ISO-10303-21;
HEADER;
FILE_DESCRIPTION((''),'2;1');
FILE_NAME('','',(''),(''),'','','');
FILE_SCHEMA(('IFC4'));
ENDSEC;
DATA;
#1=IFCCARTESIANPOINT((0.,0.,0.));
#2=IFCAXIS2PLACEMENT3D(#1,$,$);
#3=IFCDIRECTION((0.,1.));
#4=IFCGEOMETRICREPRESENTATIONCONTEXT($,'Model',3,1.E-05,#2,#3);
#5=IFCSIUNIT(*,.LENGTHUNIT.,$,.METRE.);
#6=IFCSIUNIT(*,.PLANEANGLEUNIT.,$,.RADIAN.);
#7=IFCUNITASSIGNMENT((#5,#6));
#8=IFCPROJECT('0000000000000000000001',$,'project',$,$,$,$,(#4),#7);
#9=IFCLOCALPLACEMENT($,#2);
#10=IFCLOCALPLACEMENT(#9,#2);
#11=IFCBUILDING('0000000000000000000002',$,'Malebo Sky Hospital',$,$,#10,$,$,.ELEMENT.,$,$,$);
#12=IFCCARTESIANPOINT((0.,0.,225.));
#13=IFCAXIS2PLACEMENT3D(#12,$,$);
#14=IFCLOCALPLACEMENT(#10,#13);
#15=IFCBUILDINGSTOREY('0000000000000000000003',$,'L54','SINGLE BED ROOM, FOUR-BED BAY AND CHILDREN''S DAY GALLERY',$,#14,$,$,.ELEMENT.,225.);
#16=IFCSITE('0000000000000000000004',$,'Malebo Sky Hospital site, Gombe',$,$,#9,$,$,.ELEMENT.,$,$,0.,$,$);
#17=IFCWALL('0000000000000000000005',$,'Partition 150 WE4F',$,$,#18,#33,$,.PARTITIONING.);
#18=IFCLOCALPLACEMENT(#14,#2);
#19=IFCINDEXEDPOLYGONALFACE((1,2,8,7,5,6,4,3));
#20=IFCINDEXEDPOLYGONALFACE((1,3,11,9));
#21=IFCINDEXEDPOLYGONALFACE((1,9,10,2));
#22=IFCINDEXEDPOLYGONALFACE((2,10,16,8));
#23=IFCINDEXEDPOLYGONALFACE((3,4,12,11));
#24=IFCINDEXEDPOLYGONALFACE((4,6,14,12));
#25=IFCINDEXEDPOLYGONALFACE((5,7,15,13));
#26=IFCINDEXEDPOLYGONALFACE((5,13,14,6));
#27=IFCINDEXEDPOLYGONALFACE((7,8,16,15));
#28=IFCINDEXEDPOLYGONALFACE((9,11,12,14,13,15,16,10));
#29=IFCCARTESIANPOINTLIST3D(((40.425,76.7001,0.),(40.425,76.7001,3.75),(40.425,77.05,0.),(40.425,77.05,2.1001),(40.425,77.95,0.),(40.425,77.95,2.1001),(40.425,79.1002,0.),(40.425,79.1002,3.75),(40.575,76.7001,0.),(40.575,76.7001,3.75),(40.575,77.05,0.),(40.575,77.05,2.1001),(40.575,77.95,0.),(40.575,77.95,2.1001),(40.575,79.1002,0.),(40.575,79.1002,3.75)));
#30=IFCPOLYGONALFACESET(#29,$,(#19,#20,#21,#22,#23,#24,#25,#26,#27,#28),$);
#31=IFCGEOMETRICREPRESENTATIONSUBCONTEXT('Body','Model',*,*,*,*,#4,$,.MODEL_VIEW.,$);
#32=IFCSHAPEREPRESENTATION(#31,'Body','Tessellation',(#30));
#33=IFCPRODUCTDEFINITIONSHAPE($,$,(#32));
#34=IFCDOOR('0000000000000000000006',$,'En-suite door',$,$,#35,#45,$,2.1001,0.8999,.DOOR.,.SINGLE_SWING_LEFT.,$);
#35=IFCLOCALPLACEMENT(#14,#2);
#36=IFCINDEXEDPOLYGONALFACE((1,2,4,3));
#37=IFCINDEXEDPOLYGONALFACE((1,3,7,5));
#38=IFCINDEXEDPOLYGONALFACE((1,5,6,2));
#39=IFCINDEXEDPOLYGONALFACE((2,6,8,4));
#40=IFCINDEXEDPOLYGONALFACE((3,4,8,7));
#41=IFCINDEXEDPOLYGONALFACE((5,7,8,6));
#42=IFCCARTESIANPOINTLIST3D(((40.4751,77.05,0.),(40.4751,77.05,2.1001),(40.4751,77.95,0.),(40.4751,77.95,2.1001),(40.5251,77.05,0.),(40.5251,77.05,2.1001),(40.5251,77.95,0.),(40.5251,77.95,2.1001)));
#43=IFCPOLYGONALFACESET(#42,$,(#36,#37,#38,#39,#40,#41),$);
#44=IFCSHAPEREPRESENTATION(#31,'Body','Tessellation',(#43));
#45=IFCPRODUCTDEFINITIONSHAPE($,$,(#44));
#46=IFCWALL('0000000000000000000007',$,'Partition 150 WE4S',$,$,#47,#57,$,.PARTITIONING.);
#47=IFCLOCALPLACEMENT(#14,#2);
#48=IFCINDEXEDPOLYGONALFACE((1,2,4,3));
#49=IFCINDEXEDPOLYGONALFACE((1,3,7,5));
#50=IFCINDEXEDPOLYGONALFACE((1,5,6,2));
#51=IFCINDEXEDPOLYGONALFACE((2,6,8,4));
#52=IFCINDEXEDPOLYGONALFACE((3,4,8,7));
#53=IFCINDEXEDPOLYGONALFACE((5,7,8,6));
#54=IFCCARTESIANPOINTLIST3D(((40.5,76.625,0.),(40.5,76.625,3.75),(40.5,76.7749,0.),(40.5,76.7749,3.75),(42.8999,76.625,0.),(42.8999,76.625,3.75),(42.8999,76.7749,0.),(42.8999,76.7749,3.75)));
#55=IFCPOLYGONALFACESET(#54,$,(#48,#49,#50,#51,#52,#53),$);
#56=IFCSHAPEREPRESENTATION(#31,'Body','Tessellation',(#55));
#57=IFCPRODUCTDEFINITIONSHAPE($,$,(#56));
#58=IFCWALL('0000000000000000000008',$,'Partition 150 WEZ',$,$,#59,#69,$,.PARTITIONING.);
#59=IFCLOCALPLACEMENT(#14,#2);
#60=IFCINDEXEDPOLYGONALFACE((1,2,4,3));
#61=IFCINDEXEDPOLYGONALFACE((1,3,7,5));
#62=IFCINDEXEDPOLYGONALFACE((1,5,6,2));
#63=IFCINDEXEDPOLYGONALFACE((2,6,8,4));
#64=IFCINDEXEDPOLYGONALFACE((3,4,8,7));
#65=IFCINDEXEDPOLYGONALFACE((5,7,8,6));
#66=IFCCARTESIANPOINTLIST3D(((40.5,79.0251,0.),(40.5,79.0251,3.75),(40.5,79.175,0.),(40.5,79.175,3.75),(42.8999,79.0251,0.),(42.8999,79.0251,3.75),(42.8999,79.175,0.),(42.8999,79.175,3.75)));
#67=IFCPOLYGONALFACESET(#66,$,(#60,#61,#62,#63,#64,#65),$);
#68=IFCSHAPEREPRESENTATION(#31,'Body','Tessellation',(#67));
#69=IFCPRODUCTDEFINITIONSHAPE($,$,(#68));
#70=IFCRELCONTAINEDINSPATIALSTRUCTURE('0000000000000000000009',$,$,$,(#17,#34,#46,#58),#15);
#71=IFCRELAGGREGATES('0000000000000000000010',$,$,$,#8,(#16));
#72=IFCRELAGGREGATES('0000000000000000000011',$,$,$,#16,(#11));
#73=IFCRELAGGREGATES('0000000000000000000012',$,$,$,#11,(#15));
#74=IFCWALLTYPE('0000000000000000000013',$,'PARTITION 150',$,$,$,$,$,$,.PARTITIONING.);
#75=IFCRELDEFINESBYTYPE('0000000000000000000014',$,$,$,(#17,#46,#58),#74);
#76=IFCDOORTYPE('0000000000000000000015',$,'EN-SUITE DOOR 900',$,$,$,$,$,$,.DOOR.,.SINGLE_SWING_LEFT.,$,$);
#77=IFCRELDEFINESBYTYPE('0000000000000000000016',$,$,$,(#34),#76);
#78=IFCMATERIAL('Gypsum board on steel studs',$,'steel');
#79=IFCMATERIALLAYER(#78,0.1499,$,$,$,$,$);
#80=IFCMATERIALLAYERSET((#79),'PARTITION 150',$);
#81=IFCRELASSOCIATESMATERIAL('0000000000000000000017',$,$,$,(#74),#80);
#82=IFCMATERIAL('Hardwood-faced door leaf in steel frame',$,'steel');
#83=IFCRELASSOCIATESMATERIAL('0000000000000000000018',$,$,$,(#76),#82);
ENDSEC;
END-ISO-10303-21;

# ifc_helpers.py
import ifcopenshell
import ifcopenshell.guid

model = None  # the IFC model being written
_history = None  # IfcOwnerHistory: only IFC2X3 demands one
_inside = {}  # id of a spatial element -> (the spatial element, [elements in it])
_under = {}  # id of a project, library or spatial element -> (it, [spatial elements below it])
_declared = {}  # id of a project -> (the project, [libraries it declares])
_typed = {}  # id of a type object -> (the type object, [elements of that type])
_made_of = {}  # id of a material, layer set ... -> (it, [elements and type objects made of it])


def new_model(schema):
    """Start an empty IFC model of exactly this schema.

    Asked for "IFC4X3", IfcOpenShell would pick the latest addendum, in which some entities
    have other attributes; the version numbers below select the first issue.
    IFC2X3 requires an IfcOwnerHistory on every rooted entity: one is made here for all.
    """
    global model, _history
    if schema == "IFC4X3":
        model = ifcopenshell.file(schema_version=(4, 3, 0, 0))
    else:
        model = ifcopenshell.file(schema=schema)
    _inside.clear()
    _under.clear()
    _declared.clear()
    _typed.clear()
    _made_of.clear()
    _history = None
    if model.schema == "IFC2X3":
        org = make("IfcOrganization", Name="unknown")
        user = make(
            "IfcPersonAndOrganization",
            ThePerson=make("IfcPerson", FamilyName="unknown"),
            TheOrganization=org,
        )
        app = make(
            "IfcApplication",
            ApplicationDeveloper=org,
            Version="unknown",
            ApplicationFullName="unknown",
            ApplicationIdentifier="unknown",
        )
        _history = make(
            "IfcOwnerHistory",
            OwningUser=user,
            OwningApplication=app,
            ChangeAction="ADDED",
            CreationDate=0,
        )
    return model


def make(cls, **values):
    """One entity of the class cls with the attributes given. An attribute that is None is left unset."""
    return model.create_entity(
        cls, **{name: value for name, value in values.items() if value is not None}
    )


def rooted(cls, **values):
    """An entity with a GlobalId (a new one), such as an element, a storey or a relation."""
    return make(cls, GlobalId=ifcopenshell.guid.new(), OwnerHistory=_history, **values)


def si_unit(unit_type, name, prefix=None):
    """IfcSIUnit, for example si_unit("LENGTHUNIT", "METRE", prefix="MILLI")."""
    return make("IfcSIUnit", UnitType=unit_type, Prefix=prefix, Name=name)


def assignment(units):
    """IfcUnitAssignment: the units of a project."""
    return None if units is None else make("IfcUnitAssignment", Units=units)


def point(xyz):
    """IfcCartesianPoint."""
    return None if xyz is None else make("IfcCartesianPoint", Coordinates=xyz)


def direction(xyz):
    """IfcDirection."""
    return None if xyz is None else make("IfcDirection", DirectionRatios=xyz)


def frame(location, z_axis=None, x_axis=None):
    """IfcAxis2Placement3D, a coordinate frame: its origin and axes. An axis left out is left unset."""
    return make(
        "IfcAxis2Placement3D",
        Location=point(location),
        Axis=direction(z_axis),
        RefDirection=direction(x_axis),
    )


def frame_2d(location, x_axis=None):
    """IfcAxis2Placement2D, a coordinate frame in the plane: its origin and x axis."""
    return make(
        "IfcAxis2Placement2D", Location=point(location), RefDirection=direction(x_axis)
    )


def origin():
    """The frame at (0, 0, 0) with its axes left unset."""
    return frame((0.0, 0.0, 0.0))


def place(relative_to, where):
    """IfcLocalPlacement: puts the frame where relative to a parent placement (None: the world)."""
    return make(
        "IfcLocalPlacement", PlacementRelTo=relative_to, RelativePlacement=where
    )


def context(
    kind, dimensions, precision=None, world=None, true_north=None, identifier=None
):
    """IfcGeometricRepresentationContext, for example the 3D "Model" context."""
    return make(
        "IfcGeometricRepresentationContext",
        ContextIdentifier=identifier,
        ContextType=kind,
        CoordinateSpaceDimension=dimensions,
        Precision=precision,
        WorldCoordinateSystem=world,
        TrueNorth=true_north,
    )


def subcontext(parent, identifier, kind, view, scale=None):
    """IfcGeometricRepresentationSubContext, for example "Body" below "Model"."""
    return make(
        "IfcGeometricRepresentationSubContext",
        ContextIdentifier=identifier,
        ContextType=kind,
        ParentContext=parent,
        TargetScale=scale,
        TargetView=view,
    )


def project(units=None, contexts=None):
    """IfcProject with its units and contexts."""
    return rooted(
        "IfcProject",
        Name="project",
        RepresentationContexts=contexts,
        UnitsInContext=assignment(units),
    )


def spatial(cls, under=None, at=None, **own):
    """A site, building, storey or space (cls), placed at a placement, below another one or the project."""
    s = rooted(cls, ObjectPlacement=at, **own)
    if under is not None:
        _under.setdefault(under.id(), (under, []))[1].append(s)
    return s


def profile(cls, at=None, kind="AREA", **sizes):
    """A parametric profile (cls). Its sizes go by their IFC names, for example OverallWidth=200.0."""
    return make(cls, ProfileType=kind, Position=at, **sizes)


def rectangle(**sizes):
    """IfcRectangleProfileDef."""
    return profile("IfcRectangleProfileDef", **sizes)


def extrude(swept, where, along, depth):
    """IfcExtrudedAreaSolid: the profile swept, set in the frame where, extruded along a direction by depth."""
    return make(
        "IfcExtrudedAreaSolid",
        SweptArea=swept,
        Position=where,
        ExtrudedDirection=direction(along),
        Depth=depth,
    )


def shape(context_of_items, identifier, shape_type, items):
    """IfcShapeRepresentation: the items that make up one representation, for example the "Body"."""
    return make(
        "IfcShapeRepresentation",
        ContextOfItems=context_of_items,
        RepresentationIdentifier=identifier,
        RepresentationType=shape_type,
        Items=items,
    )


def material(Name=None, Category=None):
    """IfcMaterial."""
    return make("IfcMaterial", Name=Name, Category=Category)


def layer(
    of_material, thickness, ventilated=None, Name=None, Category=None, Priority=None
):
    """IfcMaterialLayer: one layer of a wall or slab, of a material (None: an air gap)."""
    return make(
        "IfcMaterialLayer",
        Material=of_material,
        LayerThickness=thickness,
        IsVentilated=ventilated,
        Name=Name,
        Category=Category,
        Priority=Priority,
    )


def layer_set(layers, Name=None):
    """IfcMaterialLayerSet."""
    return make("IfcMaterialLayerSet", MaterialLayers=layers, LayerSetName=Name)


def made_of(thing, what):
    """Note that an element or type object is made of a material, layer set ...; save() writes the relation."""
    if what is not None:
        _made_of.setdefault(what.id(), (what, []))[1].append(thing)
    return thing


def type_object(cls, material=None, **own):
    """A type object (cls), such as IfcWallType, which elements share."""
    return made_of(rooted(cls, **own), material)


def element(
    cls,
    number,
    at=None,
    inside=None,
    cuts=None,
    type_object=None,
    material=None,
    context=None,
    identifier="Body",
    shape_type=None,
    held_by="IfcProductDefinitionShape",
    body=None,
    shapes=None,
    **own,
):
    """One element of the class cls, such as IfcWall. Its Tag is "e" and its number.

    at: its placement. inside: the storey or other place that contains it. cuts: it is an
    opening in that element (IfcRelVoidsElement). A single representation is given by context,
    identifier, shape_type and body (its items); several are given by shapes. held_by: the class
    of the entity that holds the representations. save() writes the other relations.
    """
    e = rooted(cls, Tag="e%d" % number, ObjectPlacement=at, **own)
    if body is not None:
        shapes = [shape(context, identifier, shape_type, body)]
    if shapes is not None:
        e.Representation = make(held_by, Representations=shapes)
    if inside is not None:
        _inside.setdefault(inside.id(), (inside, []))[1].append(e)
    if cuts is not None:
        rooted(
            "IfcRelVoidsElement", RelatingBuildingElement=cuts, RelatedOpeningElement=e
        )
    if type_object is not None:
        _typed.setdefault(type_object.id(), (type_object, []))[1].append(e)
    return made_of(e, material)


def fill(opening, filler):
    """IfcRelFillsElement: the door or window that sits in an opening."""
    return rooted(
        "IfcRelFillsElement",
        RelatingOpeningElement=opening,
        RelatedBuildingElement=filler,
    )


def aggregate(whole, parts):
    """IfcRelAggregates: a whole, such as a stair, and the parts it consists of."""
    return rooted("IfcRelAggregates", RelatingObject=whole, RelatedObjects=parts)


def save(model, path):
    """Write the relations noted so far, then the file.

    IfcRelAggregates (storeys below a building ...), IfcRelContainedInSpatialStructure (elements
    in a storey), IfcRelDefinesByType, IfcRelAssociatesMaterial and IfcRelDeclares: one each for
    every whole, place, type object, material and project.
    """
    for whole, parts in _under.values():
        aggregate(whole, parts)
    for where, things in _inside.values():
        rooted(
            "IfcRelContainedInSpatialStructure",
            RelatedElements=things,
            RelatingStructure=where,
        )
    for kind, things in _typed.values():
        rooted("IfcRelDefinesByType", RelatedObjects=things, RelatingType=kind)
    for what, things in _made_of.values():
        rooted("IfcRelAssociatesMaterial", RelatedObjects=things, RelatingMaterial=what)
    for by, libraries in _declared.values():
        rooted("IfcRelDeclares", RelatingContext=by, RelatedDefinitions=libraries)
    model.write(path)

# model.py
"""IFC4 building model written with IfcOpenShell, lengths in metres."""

from ifc_helpers import new_model, si_unit, direction, frame, frame_2d, origin, place, context, subcontext, project, spatial, rectangle, extrude, material, layer, layer_set, type_object, element, fill, save


model = new_model("IFC4")

# Units and contexts
model_context = context("Model", 3, precision=1e-05, world=origin(), true_north=direction((0.0, 1.0)))
body_context = subcontext(model_context, "Body", "Model", "MODEL_VIEW")
ifc_project = project(units=[si_unit("LENGTHUNIT", "METRE"), si_unit("PLANEANGLEUNIT", "RADIAN")], contexts=[model_context])

# Site, building, storey
site_placement = place(None, origin())
site = spatial("IfcSite", under=ifc_project, at=site_placement, Name="Malebo Sky Hospital site, Gombe", CompositionType="ELEMENT", RefElevation=0.0)
building_placement = place(site_placement, origin())
building = spatial("IfcBuilding", under=site, at=building_placement, Name="Malebo Sky Hospital", CompositionType="ELEMENT")
storey_placement = place(building_placement, frame((0.0, 0.0, 225.0)))
storey = spatial("IfcBuildingStorey", under=building, at=storey_placement, Name="L54", Description="SINGLE BED ROOM, FOUR-BED BAY AND CHILDREN'S DAY GALLERY", CompositionType="ELEMENT", Elevation=225.0)

# Shared definitions
ifc_material_1 = material(Name="Gypsum board on steel studs", Category="steel")
ifc_material_2 = material(Name="Hardwood-faced door leaf in steel frame", Category="steel")

# Shared definitions
ifc_layer_1 = layer(ifc_material_1, 0.1499)
ifc_layer_set_1 = layer_set([ifc_layer_1], Name="PARTITION 150")
wall_type_1 = type_object("IfcWallType", Name="PARTITION 150", PredefinedType="PARTITIONING", material=ifc_layer_set_1)

# Wall, opening, door
wall_1_placement = place(storey_placement, frame((40.5, 76.7, 0.0), z_axis=(0.0, 0.0, 1.0), x_axis=(0.0, 1.0, 0.0)))
wall_1 = element("IfcWall", 1, at=wall_1_placement, inside=storey, type_object=wall_type_1, Name="Partition 150 WE4F", PredefinedType="PARTITIONING", context=body_context, shape_type="SweptSolid", body=[
    extrude(rectangle(XDim=2.4001, YDim=0.1499, at=frame_2d((1.2002, 0.0))), origin(), (0.0, 0.0, 1.0), 3.75),
])
opening_1_placement = place(wall_1_placement, frame((0.3501, 0.0, 0.0)))
opening_1 = element("IfcOpeningElement", 2, at=opening_1_placement, cuts=wall_1, PredefinedType="OPENING", context=body_context, shape_type="SweptSolid", body=[
    extrude(rectangle(XDim=0.8999, YDim=2.1001, at=frame_2d((0.45, 1.05))), frame((0.0, 0.085, 0.0), z_axis=(0.0, -1.0, 0.0), x_axis=(1.0, 0.0, 0.0)), (0.0, 0.0, 1.0), 0.1699),
])
door_type_1 = type_object("IfcDoorType", Name="EN-SUITE DOOR 900", OperationType="SINGLE_SWING_LEFT", PredefinedType="DOOR", material=ifc_material_2)
door_1_placement = place(opening_1_placement, origin())
door_1 = element("IfcDoor", 3, at=door_1_placement, inside=storey, type_object=door_type_1, Name="En-suite door", OperationType="SINGLE_SWING_LEFT", OverallHeight=2.1001, OverallWidth=0.8999, PredefinedType="DOOR", context=body_context, shape_type="SweptSolid", body=[
    extrude(rectangle(XDim=0.8999, YDim=2.1001, at=frame_2d((0.45, 1.05))), frame((0.0, 0.0249, 0.0), z_axis=(0.0, -1.0, 0.0), x_axis=(1.0, 0.0, 0.0)), (0.0, 0.0, 1.0), 0.05),
])
fill(opening_1, door_1)

# Walls
for number, where, z_axis, x_axis, name in (
    (4, (42.8999, 76.7, 0.0), (0.0, 0.0, 1.0), (-1.0, 0.0, 0.0), "Partition 150 WE4S"),
    (5, (42.8999, 79.1001, 0.0), (0.0, 0.0, 1.0), (-1.0, 0.0, 0.0), "Partition 150 WEZ"),
):
    element("IfcWall", number, at=place(storey_placement, frame(where, z_axis=z_axis, x_axis=x_axis)), inside=storey, type_object=wall_type_1, Name=name, PredefinedType="PARTITIONING", context=body_context, shape_type="SweptSolid", body=[
        extrude(rectangle(XDim=2.3999, YDim=0.1499, at=frame_2d((1.2, 0.0))), origin(), (0.0, 0.0, 1.0), 3.75),
    ])

save(model, "model.ifc")
